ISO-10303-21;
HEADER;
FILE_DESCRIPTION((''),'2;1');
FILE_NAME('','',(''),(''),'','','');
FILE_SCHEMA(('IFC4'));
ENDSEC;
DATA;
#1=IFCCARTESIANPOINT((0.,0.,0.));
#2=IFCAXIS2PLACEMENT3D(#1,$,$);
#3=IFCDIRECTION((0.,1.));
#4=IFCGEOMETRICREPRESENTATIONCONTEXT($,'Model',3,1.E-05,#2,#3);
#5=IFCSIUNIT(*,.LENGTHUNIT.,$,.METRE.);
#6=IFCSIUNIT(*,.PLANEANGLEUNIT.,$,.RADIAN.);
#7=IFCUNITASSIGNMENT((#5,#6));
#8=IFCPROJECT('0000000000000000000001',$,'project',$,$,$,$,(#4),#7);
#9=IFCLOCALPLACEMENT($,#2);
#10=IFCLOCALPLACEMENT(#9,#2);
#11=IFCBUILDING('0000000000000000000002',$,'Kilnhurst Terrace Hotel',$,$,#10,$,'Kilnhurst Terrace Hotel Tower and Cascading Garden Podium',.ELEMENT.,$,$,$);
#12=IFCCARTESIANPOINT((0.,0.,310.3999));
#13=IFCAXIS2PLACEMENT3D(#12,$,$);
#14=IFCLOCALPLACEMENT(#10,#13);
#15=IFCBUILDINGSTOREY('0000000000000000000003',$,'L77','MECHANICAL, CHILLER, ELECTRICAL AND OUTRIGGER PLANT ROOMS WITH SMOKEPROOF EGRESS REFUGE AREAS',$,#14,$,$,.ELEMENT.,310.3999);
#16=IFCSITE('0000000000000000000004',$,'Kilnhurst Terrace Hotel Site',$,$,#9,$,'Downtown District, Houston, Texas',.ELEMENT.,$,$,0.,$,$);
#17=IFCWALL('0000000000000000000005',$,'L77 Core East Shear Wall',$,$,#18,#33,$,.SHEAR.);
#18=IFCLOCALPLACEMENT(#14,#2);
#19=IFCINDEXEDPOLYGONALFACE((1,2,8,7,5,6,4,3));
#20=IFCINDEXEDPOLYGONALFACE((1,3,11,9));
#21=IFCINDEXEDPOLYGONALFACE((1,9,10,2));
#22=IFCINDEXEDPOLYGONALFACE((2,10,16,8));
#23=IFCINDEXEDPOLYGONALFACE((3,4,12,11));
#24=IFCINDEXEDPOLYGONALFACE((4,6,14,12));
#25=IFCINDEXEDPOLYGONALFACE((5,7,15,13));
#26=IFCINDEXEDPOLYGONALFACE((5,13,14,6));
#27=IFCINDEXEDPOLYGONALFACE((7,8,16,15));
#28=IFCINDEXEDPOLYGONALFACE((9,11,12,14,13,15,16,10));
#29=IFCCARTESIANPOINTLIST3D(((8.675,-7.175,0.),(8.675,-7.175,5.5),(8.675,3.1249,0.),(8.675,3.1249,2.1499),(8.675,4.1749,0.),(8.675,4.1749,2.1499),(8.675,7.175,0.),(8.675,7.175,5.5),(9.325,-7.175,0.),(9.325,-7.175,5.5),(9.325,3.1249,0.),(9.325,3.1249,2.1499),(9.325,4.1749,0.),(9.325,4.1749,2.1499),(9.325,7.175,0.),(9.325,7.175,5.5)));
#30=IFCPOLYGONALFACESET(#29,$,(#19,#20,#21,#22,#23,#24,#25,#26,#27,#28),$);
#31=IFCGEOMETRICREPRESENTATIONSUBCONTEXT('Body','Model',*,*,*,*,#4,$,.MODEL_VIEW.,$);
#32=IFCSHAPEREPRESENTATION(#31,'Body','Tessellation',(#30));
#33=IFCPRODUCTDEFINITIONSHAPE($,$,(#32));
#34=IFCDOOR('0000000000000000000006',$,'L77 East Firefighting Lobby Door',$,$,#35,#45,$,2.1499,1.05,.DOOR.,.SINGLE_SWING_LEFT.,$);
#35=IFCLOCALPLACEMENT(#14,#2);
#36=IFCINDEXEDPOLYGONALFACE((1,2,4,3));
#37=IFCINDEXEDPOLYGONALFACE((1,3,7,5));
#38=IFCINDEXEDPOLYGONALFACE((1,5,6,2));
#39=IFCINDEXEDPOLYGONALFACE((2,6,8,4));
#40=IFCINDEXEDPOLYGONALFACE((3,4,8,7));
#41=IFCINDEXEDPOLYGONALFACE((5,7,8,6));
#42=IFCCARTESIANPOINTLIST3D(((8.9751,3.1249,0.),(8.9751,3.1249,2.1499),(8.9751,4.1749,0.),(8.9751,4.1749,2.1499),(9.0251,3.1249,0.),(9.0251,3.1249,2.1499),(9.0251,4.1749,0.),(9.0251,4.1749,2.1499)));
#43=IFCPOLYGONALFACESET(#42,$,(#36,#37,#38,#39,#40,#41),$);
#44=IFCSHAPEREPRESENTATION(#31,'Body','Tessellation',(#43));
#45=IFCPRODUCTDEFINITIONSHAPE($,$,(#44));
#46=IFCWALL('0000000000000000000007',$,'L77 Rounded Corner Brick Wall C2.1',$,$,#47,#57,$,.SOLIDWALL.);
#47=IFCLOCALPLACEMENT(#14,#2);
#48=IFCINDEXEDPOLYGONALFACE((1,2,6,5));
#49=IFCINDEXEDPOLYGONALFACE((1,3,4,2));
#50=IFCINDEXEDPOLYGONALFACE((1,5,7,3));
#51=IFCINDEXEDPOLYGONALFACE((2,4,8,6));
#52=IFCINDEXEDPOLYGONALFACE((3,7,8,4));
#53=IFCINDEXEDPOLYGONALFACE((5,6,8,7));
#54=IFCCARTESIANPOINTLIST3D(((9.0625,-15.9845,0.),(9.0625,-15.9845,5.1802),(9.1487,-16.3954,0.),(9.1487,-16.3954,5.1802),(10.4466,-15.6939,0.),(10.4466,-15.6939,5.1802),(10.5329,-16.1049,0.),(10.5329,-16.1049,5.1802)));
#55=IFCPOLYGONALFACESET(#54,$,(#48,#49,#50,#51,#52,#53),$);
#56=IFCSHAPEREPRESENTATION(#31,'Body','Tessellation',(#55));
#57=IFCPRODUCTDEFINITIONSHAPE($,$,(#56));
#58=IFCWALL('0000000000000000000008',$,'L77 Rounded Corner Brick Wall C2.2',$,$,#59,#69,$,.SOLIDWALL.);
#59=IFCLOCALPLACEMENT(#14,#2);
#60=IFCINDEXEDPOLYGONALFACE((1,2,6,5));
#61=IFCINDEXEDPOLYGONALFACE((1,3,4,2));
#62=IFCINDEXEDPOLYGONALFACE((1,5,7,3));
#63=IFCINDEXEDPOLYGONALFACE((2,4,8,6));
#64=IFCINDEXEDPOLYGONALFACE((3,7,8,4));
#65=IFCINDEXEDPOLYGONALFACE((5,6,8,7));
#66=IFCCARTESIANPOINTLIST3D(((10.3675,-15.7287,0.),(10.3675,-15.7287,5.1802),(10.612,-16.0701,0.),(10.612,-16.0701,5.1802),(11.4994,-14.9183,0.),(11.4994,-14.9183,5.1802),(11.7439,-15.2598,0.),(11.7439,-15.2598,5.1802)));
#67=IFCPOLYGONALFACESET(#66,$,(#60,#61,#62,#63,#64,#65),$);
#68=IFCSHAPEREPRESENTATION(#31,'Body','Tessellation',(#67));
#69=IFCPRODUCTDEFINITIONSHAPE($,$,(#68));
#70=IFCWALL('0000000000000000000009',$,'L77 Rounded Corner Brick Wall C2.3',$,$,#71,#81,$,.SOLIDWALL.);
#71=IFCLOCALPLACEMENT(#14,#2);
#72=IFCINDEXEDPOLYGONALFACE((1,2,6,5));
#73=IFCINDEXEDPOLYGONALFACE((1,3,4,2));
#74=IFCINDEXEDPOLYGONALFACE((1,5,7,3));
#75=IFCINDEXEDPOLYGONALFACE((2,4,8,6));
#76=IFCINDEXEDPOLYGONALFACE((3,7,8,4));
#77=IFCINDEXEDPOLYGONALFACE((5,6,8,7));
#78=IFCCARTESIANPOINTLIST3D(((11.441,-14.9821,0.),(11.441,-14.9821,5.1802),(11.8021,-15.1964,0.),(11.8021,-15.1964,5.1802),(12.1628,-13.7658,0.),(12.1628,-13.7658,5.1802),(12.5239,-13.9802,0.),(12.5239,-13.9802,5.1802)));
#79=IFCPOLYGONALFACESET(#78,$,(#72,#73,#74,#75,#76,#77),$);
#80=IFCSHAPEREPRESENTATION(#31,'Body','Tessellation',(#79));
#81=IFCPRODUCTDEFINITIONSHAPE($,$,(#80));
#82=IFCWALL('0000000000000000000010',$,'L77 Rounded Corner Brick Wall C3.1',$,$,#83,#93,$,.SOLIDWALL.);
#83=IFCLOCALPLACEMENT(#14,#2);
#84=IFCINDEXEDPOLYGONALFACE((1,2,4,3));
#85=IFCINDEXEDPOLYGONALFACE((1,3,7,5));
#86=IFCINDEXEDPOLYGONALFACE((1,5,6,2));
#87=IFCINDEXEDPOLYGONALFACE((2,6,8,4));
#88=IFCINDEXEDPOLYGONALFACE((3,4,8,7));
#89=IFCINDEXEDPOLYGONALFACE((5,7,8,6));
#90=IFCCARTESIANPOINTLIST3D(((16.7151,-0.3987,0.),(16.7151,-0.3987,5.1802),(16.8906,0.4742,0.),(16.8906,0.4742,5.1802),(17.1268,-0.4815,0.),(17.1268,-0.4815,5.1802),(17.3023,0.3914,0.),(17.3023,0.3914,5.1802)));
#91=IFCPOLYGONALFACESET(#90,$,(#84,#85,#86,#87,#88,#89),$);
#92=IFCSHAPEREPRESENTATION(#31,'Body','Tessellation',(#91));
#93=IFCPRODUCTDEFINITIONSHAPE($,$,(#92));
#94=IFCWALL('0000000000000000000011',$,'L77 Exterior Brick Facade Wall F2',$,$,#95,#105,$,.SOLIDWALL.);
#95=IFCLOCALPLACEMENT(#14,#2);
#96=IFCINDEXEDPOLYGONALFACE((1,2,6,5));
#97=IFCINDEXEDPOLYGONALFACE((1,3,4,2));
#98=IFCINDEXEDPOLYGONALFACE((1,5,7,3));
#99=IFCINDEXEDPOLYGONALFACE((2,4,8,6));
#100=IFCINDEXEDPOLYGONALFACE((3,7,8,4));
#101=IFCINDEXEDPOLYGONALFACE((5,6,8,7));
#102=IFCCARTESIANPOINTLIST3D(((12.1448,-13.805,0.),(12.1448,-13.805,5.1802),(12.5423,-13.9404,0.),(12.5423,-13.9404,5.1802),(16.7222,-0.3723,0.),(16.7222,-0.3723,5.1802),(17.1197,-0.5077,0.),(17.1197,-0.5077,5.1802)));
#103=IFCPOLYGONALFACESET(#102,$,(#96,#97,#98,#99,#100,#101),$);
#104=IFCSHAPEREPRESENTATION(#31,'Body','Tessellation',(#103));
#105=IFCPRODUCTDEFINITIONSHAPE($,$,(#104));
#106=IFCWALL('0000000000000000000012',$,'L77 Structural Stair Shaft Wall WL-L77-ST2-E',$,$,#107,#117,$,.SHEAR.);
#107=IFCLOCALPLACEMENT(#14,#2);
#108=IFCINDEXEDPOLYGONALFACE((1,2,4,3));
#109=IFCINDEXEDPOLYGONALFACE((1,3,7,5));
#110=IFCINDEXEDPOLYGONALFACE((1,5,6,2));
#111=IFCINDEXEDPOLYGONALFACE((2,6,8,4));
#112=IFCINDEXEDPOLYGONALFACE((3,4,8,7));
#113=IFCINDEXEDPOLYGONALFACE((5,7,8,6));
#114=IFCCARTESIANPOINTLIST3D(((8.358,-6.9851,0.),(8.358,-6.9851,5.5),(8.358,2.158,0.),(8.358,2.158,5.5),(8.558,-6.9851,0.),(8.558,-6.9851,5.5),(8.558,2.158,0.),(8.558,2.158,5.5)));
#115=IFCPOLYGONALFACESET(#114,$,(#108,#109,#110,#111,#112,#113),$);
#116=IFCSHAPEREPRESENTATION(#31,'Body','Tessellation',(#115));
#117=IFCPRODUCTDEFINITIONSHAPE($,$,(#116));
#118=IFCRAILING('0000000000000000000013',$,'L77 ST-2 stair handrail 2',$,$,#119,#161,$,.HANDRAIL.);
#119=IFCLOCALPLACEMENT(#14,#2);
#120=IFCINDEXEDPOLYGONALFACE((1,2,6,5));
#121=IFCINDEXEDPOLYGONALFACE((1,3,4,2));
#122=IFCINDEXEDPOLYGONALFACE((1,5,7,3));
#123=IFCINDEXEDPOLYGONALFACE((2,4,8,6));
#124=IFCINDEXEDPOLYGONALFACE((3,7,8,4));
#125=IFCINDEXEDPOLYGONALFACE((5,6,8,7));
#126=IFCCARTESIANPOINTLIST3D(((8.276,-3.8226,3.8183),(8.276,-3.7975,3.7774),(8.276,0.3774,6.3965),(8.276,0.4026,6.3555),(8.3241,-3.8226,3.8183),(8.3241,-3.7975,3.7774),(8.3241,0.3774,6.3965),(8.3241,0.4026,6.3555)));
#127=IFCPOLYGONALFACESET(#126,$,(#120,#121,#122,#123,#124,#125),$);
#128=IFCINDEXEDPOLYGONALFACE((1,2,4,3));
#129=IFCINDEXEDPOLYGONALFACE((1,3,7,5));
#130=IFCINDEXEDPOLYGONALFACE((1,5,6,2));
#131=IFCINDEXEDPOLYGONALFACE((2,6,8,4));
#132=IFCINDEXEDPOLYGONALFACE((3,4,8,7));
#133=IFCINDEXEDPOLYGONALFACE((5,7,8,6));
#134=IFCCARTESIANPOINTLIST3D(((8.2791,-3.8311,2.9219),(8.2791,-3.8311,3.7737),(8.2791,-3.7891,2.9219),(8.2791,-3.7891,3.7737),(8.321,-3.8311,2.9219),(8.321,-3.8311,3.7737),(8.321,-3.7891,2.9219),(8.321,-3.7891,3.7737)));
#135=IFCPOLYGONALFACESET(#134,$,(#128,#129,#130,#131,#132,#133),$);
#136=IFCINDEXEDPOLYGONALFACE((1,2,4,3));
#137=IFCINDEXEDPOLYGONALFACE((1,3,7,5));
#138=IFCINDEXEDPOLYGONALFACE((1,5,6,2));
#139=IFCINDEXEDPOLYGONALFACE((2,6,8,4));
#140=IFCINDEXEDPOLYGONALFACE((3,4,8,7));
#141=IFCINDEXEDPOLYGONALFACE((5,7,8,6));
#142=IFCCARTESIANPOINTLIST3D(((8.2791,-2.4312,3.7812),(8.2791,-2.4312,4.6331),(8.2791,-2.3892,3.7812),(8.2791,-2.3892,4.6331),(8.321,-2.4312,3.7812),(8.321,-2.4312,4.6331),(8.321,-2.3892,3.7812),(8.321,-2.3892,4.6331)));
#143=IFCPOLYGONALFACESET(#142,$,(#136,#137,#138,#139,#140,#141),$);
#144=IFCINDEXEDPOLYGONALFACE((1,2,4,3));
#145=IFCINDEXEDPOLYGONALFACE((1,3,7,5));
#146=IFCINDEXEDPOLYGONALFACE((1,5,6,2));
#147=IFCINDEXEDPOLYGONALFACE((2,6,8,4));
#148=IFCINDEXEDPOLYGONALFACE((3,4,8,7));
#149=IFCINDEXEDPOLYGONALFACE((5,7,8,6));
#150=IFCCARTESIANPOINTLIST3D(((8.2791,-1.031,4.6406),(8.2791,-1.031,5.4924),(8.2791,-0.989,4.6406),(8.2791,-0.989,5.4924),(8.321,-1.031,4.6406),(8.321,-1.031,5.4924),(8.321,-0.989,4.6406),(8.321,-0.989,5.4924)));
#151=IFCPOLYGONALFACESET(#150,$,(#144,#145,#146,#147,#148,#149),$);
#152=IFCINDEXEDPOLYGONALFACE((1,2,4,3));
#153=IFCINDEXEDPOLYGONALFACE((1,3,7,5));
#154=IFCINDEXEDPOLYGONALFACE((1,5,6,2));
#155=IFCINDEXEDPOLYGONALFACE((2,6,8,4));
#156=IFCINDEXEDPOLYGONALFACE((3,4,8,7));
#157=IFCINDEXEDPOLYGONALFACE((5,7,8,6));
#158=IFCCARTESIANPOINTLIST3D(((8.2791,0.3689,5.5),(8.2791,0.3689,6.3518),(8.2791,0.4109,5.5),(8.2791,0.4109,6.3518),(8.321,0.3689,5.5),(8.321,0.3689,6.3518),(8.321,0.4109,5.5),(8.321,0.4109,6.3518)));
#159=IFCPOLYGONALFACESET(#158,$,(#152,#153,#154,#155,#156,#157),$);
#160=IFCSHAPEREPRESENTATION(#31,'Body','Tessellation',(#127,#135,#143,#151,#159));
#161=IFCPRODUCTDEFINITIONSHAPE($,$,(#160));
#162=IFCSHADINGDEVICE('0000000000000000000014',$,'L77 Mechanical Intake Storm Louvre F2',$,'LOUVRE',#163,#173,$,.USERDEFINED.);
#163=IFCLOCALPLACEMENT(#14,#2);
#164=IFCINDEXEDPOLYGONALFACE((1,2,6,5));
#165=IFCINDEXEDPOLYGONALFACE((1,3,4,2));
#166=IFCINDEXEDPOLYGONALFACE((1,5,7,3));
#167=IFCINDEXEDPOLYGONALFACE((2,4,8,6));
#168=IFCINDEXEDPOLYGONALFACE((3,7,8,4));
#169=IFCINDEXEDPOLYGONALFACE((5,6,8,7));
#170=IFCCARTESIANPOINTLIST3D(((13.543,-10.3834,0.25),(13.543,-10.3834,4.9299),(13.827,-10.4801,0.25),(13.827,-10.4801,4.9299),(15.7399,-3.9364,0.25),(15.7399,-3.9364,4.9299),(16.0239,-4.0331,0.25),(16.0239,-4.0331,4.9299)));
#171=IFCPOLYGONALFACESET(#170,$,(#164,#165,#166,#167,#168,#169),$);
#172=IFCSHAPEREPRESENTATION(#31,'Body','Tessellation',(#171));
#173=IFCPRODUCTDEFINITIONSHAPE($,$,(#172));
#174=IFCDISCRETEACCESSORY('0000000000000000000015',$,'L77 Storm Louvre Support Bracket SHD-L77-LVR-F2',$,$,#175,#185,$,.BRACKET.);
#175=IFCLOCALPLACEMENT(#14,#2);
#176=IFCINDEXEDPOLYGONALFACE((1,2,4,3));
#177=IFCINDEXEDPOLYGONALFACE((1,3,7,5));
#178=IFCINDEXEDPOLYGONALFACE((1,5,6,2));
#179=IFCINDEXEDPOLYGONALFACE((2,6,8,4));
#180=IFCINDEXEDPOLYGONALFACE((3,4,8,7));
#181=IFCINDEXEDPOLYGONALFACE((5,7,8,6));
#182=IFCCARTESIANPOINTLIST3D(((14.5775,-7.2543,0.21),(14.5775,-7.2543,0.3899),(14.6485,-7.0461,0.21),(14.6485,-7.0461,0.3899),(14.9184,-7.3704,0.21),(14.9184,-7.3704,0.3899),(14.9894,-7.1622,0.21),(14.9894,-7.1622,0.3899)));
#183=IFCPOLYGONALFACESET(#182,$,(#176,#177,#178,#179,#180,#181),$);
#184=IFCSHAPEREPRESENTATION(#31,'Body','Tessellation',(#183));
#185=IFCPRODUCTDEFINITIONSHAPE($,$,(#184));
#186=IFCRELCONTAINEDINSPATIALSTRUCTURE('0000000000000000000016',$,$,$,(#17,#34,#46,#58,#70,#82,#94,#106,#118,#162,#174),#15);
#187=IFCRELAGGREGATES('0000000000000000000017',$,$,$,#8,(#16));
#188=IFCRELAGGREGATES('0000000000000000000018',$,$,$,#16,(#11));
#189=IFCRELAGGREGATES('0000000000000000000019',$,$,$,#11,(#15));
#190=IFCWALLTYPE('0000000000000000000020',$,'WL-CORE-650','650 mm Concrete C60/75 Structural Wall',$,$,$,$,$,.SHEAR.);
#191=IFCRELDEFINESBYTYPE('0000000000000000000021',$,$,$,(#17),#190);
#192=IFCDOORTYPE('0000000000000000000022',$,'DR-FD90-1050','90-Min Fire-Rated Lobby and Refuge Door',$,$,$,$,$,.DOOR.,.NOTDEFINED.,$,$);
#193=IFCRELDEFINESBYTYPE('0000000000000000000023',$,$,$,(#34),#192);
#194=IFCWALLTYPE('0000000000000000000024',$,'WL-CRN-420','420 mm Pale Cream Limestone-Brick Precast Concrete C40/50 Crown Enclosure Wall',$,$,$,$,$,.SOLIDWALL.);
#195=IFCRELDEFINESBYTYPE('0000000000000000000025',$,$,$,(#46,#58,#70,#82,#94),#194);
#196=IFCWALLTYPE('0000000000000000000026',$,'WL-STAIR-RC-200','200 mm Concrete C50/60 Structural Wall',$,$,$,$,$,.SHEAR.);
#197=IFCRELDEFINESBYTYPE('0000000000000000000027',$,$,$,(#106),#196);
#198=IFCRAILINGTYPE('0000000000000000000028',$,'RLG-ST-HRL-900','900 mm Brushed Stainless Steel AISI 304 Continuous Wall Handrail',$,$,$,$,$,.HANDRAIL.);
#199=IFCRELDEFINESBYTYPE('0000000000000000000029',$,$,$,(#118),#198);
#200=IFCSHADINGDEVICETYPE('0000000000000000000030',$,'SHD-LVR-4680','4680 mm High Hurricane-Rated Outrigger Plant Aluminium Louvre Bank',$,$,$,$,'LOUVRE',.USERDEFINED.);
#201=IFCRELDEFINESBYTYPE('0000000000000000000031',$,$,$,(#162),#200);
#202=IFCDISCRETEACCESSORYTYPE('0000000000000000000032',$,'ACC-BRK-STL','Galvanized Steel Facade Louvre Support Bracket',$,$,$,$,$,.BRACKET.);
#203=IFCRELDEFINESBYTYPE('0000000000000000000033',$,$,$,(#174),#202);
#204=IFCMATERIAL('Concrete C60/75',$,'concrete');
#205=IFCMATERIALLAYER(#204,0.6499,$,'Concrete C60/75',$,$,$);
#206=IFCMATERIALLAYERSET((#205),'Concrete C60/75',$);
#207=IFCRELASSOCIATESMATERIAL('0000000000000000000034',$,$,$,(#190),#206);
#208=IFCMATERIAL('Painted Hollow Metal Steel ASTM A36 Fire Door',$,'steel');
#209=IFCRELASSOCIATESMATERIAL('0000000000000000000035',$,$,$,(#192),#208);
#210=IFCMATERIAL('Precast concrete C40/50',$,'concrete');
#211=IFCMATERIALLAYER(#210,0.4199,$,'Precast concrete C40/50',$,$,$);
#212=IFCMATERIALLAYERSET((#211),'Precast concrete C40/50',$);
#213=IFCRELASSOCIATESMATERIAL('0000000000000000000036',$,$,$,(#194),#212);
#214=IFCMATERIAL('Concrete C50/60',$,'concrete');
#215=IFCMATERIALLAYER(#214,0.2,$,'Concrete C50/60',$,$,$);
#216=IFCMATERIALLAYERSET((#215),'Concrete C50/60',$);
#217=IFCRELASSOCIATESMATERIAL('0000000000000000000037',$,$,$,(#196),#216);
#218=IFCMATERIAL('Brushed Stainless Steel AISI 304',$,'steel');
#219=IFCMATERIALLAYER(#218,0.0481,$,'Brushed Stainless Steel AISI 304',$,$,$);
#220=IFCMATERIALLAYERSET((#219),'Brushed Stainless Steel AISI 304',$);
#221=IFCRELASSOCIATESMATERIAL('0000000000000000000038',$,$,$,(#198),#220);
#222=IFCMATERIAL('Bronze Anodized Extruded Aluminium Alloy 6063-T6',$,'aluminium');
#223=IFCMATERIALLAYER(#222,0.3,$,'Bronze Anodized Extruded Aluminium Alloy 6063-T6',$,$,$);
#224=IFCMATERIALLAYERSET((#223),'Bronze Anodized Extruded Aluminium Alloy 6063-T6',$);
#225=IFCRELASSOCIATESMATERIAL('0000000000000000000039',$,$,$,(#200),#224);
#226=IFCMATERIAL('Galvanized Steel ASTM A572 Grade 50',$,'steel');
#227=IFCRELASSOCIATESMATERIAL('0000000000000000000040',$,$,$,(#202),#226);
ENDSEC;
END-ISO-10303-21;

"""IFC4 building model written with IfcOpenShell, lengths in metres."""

from ifc_helpers import new_model, si_unit, direction, frame, frame_2d, origin, origin_2d, place, context, subcontext, project, spatial, rectangle, extrude, material, layer, layer_set, type_object, element, fill, save


model = new_model("IFC4")

# Units and contexts
model_context = context("Model", 3, precision=1e-05, world=origin(), true_north=direction((0.0, 1.0)))
body_context = subcontext(model_context, "Body", "Model", "MODEL_VIEW")
ifc_project = project(units=[si_unit("LENGTHUNIT", "METRE"), si_unit("PLANEANGLEUNIT", "RADIAN")], contexts=[model_context])

# Site, building, storey
site_placement = place(None, origin())
site = spatial("IfcSite", under=ifc_project, at=site_placement, Name="Kilnhurst Terrace Hotel Site", LongName="Downtown District, Houston, Texas", CompositionType="ELEMENT", RefElevation=0.0)
building_placement = place(site_placement, origin())
building = spatial("IfcBuilding", under=site, at=building_placement, Name="Kilnhurst Terrace Hotel", LongName="Kilnhurst Terrace Hotel Tower and Cascading Garden Podium", CompositionType="ELEMENT")
storey_placement = place(building_placement, frame((0.0, 0.0, 310.3999)))
storey = spatial("IfcBuildingStorey", under=building, at=storey_placement, Name="L77", Description="MECHANICAL, CHILLER, ELECTRICAL AND OUTRIGGER PLANT ROOMS WITH SMOKEPROOF EGRESS REFUGE AREAS", CompositionType="ELEMENT", Elevation=310.3999)

# Shared definitions
ifc_material_1 = material(Name="Concrete C60/75", Category="concrete")

# Shared definitions
ifc_material_2 = material(Name="Concrete C50/60", Category="concrete")

# Wall, opening, door
ifc_layer_1 = layer(ifc_material_1, 0.6499, Name="Concrete C60/75")
ifc_layer_set_1 = layer_set([ifc_layer_1], Name="Concrete C60/75")
wall_type_1 = type_object("IfcWallType", Name="WL-CORE-650", Description="650 mm Concrete C60/75 Structural Wall", PredefinedType="SHEAR", material=ifc_layer_set_1)
wall_1_placement = place(storey_placement, frame((9.0, -7.175, 0.0), z_axis=(0.0, 0.0, 1.0), x_axis=(0.0, 1.0, 0.0)))
wall_1 = element("IfcWall", 1, at=wall_1_placement, inside=storey, type_object=wall_type_1, Name="L77 Core East Shear Wall", PredefinedType="SHEAR", context=body_context, shape_type="SweptSolid", body=[
    extrude(rectangle(XDim=14.3501, YDim=0.6499, at=frame_2d((7.175, 0.0))), origin(), (0.0, 0.0, 1.0), 5.5),
])
opening_placement = place(wall_1_placement, frame((10.3, 0.0, 0.0)))
opening = element("IfcOpeningElement", 2, at=opening_placement, cuts=wall_1, PredefinedType="OPENING", context=body_context, shape_type="SweptSolid", body=[
    extrude(rectangle(XDim=1.05, YDim=2.1499, at=frame_2d((0.5249, 1.075))), frame((0.0, 0.335, 0.0), z_axis=(0.0, -1.0, 0.0), x_axis=(1.0, 0.0, 0.0)), (0.0, 0.0, 1.0), 0.6699),
])
ifc_material_3 = material(Name="Painted Hollow Metal Steel ASTM A36 Fire Door", Category="steel")
door_type = type_object("IfcDoorType", Name="DR-FD90-1050", Description="90-Min Fire-Rated Lobby and Refuge Door", OperationType="NOTDEFINED", PredefinedType="DOOR", material=ifc_material_3)
door_placement = place(opening_placement, origin())
door = element("IfcDoor", 3, at=door_placement, inside=storey, type_object=door_type, Name="L77 East Firefighting Lobby Door", OperationType="SINGLE_SWING_LEFT", OverallHeight=2.1499, OverallWidth=1.05, PredefinedType="DOOR", context=body_context, shape_type="SweptSolid", body=[
    extrude(rectangle(XDim=1.05, YDim=2.1499, at=frame_2d((0.5249, 1.075))), frame((0.0, 0.0249, 0.0), z_axis=(0.0, -1.0, 0.0), x_axis=(1.0, 0.0, 0.0)), (0.0, 0.0, 1.0), 0.05),
])
fill(opening, door)

# Walls
ifc_material_4 = material(Name="Precast concrete C40/50", Category="concrete")
ifc_layer_2 = layer(ifc_material_4, 0.4199, Name="Precast concrete C40/50")
ifc_layer_set_2 = layer_set([ifc_layer_2], Name="Precast concrete C40/50")
wall_type_2 = type_object("IfcWallType", Name="WL-CRN-420", Description="420 mm Pale Cream Limestone-Brick Precast Concrete C40/50 Crown Enclosure Wall", PredefinedType="SOLIDWALL", material=ifc_layer_set_2)
wall_2_placement = place(storey_placement, frame((9.1057, -16.1899, 0.0), z_axis=(0.0, 0.0, 1.0), x_axis=(0.978671, 0.205436, 0.0)))
element("IfcWall", 4, at=wall_2_placement, inside=storey, type_object=wall_type_2, Name="L77 Rounded Corner Brick Wall C2.1", PredefinedType="SOLIDWALL", context=body_context, shape_type="SweptSolid", body=[
    extrude(rectangle(XDim=1.4143, YDim=0.4199, at=frame_2d((0.707, 0.0))), origin(), (0.0, 0.0, 1.0), 5.1802),
])
wall_3_placement = place(storey_placement, frame((10.4897, -15.8994, 0.0), z_axis=(0.0, 0.0, 1.0), x_axis=(0.813105, 0.582117, 0.0)))
element("IfcWall", 5, at=wall_3_placement, inside=storey, type_object=wall_type_2, Name="L77 Rounded Corner Brick Wall C2.2", PredefinedType="SOLIDWALL", context=body_context, shape_type="SweptSolid", body=[
    extrude(rectangle(XDim=1.3921, YDim=0.4199, at=frame_2d((0.696, 0.0))), origin(), (0.0, 0.0, 1.0), 5.1802),
])
wall_4_placement = place(storey_placement, frame((11.6216, -15.0891, 0.0), z_axis=(0.0, 0.0, 1.0), x_axis=(0.510403, 0.859935, 0.0)))
element("IfcWall", 6, at=wall_4_placement, inside=storey, type_object=wall_type_2, Name="L77 Rounded Corner Brick Wall C2.3", PredefinedType="SOLIDWALL", context=body_context, shape_type="SweptSolid", body=[
    extrude(rectangle(XDim=1.4143, YDim=0.4199, at=frame_2d((0.707, 0.0))), origin(), (0.0, 0.0, 1.0), 5.1802),
])
wall_5_placement = place(storey_placement, frame((16.9209, -0.4402, 0.0), z_axis=(0.0, 0.0, 1.0), x_axis=(0.197171, 0.980369, 0.0)))
element("IfcWall", 7, at=wall_5_placement, inside=storey, type_object=wall_type_2, Name="L77 Rounded Corner Brick Wall C3.1", PredefinedType="SOLIDWALL", context=body_context, shape_type="SweptSolid", body=[
    extrude(rectangle(XDim=0.8904, YDim=0.4199, at=frame_2d((0.4453, 0.0))), origin(), (0.0, 0.0, 1.0), 5.1802),
])
wall_6_placement = place(storey_placement, frame((12.3435, -13.8728, 0.0), z_axis=(0.0, 0.0, 1.0), x_axis=(0.322553, 0.946551, 0.0)))
element("IfcWall", 8, at=wall_6_placement, inside=storey, type_object=wall_type_2, Name="L77 Exterior Brick Facade Wall F2", PredefinedType="SOLIDWALL", context=body_context, shape_type="SweptSolid", body=[
    extrude(rectangle(XDim=14.1912, YDim=0.4199, at=frame_2d((7.0957, 0.0))), origin(), (0.0, 0.0, 1.0), 5.1802),
])
ifc_layer_3 = layer(ifc_material_2, 0.2, Name="Concrete C50/60")
ifc_layer_set_3 = layer_set([ifc_layer_3], Name="Concrete C50/60")
wall_type_3 = type_object("IfcWallType", Name="WL-STAIR-RC-200", Description="200 mm Concrete C50/60 Structural Wall", PredefinedType="SHEAR", material=ifc_layer_set_3)
wall_7_placement = place(storey_placement, frame((8.458, -6.9851, 0.0), z_axis=(0.0, 0.0, 1.0), x_axis=(0.0, 1.0, 0.0)))
element("IfcWall", 9, at=wall_7_placement, inside=storey, type_object=wall_type_3, Name="L77 Structural Stair Shaft Wall WL-L77-ST2-E", PredefinedType="SHEAR", context=body_context, shape_type="SweptSolid", body=[
    extrude(rectangle(XDim=9.1431, YDim=0.2, at=frame_2d((4.5715, 0.0))), origin(), (0.0, 0.0, 1.0), 5.5),
])

# Railing
ifc_material_5 = material(Name="Brushed Stainless Steel AISI 304", Category="steel")
ifc_layer_4 = layer(ifc_material_5, 0.0481, Name="Brushed Stainless Steel AISI 304")
ifc_layer_set_4 = layer_set([ifc_layer_4], Name="Brushed Stainless Steel AISI 304")
railing_type = type_object("IfcRailingType", Name="RLG-ST-HRL-900", Description="900 mm Brushed Stainless Steel AISI 304 Continuous Wall Handrail", PredefinedType="HANDRAIL", material=ifc_layer_set_4)
railing_placement = place(storey_placement, frame((8.3, -3.8101, 2.9219)))
element("IfcRailing", 10, at=railing_placement, inside=storey, type_object=railing_type, Name="L77 ST-2 stair handrail 2", PredefinedType="HANDRAIL", context=body_context, shape_type="SweptSolid", body=[
    extrude(rectangle(XDim=0.0481, YDim=0.0481, at=origin_2d()), frame((0.0, 0.0, 0.876), z_axis=(0.0, 0.852243, 0.523146), x_axis=(-1.0, 0.0, 0.0)), (0.0, 0.0, 1.0), 4.9282),
    extrude(rectangle(XDim=0.042, YDim=0.042, at=origin_2d()), origin(), (0.0, 0.0, 1.0), 0.8518),
    extrude(rectangle(XDim=0.042, YDim=0.042, at=origin_2d()), frame((0.0, 1.3999, 0.8594)), (0.0, 0.0, 1.0), 0.8518),
    extrude(rectangle(XDim=0.042, YDim=0.042, at=origin_2d()), frame((0.0, 2.8, 1.7188)), (0.0, 0.0, 1.0), 0.8518),
    extrude(rectangle(XDim=0.042, YDim=0.042, at=origin_2d()), frame((0.0, 4.2, 2.5781)), (0.0, 0.0, 1.0), 0.8518),
])

# Shading device
ifc_material_6 = material(Name="Bronze Anodized Extruded Aluminium Alloy 6063-T6", Category="aluminium")
ifc_layer_5 = layer(ifc_material_6, 0.3, Name="Bronze Anodized Extruded Aluminium Alloy 6063-T6")
ifc_layer_set_5 = layer_set([ifc_layer_5], Name="Bronze Anodized Extruded Aluminium Alloy 6063-T6")
shading_device_type = type_object("IfcShadingDeviceType", Name="SHD-LVR-4680", Description="4680 mm High Hurricane-Rated Outrigger Plant Aluminium Louvre Bank", ElementType="LOUVRE", PredefinedType="USERDEFINED", material=ifc_layer_set_5)
shading_device_placement = place(storey_placement, frame((14.7834, -7.2083, 0.25), z_axis=(0.0, 0.0, 1.0), x_axis=(0.322547, 0.946554, 0.0)))
element("IfcShadingDevice", 11, at=shading_device_placement, inside=storey, type_object=shading_device_type, Name="L77 Mechanical Intake Storm Louvre F2", ObjectType="LOUVRE", PredefinedType="USERDEFINED", context=body_context, shape_type="SweptSolid", body=[
    extrude(rectangle(XDim=6.811, YDim=0.3, at=origin_2d()), origin(), (0.0, 0.0, 1.0), 4.6799),
])

# Discrete accessory
ifc_material_7 = material(Name="Galvanized Steel ASTM A572 Grade 50", Category="steel")
discrete_accessory_type = type_object("IfcDiscreteAccessoryType", Name="ACC-BRK-STL", Description="Galvanized Steel Facade Louvre Support Bracket", PredefinedType="BRACKET", material=ifc_material_7)
discrete_accessory_placement = place(storey_placement, frame((14.7834, -7.2083, 0.21), z_axis=(0.0, 0.0, 1.0), x_axis=(0.322547, 0.946554, 0.0)))
element("IfcDiscreteAccessory", 12, at=discrete_accessory_placement, inside=storey, type_object=discrete_accessory_type, Name="L77 Storm Louvre Support Bracket SHD-L77-LVR-F2", PredefinedType="BRACKET", context=body_context, shape_type="SweptSolid", body=[
    extrude(rectangle(XDim=0.22, YDim=0.3601, at=origin_2d()), origin(), (0.0, 0.0, 1.0), 0.1799),
])

save(model, "model.ifc")
